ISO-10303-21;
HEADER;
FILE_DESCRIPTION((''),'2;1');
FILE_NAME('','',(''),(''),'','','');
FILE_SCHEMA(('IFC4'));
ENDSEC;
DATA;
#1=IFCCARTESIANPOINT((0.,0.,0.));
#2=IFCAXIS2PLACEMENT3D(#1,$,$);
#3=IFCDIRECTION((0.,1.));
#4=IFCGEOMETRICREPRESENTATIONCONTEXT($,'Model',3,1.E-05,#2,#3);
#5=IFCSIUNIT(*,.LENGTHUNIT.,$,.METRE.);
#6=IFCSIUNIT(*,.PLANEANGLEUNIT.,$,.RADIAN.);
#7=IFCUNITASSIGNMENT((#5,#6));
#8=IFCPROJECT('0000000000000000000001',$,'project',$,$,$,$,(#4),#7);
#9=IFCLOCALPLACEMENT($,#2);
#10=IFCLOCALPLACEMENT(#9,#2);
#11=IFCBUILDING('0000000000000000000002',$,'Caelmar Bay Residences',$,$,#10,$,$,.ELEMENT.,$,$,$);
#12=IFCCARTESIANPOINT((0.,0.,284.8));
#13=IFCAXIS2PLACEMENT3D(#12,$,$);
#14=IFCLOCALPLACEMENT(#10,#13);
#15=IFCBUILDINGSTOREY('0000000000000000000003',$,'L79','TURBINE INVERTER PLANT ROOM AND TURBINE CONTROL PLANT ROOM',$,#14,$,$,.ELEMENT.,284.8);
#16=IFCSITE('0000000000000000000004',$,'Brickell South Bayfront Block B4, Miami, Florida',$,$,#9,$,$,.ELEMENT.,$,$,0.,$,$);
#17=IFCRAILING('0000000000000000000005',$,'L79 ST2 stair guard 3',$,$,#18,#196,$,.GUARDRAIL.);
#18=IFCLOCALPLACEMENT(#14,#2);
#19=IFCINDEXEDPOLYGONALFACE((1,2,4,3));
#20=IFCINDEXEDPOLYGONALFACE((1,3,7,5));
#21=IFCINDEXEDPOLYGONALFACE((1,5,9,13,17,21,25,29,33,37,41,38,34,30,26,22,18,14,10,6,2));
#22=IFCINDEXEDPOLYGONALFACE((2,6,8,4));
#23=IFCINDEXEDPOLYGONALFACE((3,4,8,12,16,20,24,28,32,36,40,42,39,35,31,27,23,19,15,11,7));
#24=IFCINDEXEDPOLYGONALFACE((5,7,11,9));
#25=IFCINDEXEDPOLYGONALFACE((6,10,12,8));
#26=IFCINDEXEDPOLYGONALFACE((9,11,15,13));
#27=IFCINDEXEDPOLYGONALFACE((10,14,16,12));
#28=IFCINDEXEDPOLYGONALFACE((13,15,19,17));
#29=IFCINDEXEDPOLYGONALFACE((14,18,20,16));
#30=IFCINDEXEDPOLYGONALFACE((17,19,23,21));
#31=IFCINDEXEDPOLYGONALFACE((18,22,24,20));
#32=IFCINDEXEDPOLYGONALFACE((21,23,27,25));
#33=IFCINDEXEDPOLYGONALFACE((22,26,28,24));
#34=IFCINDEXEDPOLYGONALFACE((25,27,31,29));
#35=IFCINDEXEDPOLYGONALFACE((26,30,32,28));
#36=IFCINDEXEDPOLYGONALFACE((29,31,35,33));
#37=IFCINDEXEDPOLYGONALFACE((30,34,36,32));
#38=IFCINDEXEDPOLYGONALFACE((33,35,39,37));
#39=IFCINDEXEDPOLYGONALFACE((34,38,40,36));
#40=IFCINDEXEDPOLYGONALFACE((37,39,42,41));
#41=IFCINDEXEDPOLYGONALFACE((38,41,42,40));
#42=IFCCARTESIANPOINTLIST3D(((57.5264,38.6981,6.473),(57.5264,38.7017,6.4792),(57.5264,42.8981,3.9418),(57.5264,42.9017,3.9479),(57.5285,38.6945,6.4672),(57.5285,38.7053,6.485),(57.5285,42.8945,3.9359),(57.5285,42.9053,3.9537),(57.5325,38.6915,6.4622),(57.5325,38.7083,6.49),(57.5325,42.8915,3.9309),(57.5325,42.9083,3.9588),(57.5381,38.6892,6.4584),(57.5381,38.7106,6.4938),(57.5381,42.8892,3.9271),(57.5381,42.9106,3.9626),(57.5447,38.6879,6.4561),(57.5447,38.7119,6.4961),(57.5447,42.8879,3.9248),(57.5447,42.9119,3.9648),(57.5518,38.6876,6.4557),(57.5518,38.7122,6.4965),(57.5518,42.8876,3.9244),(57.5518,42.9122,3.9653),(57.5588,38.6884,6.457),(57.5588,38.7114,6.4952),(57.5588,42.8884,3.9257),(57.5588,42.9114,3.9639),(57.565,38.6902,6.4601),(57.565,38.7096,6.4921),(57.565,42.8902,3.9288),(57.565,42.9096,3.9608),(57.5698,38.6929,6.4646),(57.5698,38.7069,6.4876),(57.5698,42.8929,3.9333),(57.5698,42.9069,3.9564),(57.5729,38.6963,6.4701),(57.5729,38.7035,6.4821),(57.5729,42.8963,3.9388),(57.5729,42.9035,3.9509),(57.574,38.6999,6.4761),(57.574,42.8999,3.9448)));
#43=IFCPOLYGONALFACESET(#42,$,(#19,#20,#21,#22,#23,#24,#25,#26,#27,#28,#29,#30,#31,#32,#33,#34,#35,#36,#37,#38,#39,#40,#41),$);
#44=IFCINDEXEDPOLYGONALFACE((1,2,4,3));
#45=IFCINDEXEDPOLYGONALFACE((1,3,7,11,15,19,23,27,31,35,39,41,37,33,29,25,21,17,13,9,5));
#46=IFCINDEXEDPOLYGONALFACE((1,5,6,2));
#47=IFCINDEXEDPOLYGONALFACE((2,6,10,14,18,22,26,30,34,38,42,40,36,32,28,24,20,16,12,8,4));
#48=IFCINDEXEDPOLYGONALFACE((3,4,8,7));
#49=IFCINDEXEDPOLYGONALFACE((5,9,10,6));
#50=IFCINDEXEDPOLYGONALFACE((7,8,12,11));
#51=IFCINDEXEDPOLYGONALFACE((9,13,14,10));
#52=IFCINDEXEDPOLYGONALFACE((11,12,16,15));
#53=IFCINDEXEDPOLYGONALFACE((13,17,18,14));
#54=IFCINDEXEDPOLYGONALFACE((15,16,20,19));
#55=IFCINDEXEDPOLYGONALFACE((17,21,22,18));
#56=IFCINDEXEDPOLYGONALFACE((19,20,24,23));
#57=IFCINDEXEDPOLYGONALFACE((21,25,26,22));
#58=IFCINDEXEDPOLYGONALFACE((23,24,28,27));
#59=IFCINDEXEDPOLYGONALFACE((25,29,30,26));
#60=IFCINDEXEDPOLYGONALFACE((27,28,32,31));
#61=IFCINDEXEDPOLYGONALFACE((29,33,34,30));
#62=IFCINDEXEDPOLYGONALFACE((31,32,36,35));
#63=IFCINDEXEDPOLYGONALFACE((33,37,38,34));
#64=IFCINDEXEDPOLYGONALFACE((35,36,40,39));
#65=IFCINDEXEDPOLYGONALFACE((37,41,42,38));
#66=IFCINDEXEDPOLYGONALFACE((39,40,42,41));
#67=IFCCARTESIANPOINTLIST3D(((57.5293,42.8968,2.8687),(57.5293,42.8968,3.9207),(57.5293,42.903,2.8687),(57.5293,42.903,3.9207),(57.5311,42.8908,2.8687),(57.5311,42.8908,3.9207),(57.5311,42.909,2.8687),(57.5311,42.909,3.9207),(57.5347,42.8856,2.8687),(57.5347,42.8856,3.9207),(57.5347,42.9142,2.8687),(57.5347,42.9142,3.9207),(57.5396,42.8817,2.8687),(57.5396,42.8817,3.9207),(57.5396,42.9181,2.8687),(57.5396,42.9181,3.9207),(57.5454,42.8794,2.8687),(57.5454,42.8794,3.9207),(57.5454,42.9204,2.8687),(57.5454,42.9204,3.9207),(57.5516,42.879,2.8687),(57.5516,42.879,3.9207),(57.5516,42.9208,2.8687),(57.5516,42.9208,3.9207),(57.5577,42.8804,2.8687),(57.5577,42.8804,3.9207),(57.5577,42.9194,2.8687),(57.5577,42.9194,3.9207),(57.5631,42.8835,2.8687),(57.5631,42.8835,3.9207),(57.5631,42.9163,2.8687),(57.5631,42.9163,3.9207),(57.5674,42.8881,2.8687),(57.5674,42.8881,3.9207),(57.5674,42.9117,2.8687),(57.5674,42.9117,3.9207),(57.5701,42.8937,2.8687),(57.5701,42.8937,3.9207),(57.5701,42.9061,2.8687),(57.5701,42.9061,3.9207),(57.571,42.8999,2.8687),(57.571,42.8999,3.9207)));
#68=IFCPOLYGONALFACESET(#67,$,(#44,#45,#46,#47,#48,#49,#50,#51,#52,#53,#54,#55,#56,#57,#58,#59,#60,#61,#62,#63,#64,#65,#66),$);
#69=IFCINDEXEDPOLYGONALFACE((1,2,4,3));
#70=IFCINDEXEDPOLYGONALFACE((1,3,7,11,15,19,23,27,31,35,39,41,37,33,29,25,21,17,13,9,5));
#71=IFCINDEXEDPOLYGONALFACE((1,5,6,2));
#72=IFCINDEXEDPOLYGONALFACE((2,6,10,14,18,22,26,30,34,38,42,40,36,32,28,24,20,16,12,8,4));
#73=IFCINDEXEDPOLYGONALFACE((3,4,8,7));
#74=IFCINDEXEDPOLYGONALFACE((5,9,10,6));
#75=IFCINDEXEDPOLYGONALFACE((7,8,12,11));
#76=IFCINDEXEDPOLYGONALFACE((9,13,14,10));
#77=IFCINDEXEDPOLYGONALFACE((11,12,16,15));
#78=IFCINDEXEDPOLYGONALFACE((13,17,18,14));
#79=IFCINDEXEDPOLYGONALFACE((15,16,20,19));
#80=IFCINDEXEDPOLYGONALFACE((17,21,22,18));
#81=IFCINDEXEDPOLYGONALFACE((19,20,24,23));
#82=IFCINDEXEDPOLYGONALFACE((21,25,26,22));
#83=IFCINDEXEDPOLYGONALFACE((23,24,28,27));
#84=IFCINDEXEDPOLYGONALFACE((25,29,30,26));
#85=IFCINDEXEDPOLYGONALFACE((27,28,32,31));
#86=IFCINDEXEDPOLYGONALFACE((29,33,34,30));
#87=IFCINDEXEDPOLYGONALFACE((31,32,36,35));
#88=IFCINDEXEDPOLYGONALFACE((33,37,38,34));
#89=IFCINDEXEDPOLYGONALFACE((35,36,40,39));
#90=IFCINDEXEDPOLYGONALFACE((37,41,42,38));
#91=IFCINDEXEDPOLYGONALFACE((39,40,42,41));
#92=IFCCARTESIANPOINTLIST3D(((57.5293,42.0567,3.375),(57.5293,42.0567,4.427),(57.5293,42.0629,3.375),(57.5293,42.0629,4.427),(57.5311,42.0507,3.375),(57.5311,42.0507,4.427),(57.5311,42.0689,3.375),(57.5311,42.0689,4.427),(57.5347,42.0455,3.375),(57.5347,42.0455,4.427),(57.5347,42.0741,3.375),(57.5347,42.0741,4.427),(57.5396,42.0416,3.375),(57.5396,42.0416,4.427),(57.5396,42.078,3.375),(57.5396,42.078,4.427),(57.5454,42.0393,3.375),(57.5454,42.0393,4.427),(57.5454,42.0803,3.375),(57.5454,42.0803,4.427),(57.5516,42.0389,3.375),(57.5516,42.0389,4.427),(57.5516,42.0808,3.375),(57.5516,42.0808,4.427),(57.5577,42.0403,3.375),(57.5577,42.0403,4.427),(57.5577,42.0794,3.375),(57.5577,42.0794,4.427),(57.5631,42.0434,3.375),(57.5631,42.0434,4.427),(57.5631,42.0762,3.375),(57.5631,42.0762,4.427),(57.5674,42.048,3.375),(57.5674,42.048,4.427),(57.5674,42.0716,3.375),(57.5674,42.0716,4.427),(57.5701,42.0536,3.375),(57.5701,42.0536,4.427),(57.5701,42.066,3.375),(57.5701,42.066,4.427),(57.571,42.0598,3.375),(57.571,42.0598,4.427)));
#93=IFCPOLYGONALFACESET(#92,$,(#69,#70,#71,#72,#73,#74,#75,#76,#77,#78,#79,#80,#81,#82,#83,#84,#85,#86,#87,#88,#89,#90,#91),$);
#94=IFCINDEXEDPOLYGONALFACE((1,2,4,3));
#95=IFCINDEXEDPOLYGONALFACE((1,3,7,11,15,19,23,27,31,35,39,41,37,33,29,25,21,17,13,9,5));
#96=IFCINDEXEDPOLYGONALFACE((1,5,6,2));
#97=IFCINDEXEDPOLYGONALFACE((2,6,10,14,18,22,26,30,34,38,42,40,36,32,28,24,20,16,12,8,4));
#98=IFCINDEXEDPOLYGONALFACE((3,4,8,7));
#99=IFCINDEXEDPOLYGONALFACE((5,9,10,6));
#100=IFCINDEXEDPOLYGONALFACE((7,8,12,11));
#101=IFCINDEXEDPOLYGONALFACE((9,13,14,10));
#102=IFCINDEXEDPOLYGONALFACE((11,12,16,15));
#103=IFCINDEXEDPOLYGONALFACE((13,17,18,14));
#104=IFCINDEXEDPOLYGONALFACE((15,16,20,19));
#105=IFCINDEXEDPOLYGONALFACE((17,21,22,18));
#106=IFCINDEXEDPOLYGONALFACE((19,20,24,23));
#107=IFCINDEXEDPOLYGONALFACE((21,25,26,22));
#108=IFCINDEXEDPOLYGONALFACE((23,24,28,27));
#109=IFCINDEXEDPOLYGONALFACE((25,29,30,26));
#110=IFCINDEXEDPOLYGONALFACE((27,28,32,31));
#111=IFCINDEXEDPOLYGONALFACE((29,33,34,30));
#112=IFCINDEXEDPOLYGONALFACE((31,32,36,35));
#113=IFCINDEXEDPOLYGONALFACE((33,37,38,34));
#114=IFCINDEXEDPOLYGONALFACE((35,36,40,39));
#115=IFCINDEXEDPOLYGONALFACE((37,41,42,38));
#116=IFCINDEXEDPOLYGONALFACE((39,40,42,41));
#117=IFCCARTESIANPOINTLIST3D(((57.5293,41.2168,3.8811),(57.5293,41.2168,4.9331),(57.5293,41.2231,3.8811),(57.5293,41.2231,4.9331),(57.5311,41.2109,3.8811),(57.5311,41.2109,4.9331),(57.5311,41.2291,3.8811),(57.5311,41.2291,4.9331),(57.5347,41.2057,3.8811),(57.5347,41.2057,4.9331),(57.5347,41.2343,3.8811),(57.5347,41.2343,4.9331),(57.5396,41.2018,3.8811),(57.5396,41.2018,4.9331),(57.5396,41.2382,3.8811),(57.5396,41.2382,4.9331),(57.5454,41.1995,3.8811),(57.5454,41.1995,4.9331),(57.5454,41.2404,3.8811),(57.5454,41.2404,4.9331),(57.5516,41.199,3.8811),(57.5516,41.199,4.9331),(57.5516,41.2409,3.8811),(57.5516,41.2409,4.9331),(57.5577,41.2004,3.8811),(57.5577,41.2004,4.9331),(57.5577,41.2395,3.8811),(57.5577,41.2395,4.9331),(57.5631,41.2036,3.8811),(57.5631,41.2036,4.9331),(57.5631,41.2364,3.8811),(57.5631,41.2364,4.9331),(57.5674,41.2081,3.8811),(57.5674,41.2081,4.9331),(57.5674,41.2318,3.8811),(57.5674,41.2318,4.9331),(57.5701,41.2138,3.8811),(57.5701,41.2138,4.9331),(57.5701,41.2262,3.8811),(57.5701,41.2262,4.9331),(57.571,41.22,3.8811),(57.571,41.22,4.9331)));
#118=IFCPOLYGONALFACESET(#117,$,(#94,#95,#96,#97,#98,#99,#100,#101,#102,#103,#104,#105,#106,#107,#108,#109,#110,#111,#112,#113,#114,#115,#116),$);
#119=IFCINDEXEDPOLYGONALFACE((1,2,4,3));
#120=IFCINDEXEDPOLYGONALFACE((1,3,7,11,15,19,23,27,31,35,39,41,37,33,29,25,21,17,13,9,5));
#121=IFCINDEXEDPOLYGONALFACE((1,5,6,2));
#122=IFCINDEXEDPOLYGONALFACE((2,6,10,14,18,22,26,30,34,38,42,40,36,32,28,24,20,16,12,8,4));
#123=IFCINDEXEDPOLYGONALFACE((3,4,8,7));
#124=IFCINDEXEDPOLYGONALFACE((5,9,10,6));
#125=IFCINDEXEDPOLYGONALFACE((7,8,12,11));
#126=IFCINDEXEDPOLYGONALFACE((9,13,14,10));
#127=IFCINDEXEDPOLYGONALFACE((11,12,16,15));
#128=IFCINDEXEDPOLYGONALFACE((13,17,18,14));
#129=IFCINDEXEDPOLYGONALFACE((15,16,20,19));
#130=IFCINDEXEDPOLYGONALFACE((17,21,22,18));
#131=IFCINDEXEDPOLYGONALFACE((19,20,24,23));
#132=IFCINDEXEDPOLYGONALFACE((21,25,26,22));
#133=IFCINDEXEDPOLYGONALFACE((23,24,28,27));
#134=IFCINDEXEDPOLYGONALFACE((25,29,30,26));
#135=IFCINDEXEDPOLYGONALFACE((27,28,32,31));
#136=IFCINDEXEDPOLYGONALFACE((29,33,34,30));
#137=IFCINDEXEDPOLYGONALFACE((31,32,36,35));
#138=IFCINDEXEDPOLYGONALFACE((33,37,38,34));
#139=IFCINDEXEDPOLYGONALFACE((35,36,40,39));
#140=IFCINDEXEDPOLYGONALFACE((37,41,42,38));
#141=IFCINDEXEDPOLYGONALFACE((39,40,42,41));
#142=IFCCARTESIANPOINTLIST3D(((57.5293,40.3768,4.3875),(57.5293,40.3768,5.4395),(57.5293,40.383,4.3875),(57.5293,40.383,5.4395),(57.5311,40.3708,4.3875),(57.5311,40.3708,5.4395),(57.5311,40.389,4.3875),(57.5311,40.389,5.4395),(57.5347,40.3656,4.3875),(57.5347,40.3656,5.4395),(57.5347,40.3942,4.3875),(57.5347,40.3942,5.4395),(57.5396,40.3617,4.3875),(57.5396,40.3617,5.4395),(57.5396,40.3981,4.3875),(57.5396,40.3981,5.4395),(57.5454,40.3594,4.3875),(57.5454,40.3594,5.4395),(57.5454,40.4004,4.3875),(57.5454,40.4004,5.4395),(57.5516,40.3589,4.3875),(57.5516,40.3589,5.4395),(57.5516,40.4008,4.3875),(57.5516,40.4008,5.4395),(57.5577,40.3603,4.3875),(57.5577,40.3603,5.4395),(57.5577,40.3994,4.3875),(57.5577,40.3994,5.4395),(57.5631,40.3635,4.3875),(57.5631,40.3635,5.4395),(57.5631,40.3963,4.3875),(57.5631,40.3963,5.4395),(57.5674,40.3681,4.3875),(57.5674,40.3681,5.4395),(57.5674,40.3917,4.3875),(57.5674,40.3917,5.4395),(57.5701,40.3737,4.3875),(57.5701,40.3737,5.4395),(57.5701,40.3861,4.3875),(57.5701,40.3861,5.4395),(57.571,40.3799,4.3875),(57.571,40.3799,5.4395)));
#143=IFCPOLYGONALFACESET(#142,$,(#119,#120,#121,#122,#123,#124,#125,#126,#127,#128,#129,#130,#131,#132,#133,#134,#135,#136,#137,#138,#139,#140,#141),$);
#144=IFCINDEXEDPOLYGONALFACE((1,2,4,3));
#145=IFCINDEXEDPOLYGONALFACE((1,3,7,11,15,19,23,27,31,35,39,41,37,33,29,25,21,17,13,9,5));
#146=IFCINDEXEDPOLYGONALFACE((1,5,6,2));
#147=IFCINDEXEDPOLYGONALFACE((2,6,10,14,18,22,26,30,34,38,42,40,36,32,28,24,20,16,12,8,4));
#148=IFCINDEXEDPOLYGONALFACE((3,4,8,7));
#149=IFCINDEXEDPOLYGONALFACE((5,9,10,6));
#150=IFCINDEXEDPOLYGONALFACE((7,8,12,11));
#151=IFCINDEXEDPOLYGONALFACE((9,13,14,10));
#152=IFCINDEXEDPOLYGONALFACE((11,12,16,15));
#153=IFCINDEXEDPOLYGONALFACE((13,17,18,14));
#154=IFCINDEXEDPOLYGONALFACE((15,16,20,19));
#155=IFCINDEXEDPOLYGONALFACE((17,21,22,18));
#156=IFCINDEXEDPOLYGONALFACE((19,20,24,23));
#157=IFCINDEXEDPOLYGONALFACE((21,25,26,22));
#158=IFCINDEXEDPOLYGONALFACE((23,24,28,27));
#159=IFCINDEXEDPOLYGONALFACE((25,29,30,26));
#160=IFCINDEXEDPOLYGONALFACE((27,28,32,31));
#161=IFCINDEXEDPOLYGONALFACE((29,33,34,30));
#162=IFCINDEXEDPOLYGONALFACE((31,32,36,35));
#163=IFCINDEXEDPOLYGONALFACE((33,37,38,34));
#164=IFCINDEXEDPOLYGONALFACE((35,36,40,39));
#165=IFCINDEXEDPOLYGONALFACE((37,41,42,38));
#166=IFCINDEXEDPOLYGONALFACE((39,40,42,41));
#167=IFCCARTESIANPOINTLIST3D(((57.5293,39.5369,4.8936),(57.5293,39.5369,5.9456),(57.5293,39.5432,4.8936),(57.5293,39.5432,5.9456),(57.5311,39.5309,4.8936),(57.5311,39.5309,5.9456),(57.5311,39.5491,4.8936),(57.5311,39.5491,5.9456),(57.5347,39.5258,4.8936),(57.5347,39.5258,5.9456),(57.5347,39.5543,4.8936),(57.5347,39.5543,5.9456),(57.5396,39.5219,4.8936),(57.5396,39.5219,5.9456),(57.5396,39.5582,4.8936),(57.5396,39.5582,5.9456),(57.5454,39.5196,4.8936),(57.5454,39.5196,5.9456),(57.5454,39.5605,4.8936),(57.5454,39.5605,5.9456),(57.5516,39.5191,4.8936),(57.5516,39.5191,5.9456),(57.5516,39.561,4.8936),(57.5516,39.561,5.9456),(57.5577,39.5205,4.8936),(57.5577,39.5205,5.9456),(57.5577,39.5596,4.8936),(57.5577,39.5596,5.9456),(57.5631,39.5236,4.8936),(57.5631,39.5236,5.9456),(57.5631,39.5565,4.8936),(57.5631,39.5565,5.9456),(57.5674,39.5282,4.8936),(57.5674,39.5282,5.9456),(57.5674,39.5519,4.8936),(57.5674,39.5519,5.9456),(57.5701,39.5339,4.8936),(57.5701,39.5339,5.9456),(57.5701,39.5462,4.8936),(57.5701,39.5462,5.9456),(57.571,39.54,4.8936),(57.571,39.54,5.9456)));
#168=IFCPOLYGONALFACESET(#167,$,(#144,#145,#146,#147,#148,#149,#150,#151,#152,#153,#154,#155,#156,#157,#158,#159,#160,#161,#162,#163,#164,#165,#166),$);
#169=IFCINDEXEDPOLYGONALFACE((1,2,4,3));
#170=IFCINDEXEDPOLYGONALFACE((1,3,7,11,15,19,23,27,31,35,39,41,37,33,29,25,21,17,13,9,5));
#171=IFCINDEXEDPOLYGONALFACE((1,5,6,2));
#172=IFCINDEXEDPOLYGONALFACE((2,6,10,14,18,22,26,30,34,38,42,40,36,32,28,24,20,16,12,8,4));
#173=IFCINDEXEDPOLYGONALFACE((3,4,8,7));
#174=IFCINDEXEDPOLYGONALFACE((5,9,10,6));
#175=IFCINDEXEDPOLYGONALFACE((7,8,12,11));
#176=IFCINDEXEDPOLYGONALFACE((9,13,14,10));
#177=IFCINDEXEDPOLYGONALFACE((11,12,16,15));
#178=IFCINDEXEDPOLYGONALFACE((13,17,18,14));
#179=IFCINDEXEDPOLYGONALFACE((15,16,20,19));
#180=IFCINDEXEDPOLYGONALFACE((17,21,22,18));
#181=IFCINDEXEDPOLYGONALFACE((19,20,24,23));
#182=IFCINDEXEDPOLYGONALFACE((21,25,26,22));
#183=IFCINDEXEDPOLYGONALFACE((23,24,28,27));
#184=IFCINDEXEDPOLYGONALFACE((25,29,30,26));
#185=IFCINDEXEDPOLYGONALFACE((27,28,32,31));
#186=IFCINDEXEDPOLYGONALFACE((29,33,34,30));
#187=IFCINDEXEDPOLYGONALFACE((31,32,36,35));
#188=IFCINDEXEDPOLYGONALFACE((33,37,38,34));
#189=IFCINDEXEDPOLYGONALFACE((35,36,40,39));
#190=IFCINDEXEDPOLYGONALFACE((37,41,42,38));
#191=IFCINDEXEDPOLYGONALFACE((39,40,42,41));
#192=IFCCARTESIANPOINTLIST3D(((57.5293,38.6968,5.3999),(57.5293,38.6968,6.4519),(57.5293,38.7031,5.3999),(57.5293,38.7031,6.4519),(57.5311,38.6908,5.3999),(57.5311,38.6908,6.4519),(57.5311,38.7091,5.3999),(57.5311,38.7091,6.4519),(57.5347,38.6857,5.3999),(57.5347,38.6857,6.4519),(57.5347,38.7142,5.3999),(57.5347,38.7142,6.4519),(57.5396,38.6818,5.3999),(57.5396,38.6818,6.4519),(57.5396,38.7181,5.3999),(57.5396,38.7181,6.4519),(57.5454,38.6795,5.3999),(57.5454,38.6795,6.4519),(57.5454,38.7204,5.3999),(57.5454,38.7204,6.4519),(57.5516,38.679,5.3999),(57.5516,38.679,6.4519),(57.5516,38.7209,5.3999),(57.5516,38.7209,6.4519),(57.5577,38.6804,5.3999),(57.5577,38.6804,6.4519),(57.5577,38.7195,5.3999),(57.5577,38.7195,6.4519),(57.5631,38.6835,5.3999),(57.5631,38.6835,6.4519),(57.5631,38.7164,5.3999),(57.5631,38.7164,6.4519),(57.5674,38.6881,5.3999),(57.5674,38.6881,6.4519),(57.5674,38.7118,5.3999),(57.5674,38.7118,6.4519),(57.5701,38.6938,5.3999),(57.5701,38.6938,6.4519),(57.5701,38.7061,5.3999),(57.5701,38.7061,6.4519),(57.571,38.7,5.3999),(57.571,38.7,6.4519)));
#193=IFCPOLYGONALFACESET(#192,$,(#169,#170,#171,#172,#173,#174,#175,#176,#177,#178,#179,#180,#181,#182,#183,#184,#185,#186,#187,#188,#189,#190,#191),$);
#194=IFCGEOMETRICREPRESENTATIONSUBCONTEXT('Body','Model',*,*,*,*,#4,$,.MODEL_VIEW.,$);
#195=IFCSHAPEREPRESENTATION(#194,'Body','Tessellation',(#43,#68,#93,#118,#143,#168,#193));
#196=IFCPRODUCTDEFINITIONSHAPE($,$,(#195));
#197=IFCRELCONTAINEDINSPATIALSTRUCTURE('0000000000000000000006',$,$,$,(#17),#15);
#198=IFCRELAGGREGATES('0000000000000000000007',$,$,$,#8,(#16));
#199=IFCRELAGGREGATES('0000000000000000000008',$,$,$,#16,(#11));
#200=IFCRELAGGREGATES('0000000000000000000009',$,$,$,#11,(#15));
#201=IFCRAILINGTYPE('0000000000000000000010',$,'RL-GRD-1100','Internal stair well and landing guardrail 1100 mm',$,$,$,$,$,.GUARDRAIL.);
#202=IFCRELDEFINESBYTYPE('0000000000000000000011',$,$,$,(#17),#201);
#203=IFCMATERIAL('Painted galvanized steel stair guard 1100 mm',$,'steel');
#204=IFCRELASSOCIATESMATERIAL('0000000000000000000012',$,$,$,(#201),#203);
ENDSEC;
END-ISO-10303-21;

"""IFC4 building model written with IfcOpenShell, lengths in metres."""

from ifc_helpers import new_model, si_unit, direction, frame, origin, origin_2d, place, context, subcontext, project, spatial, circle, extrude, material, type_object, element, save


model = new_model("IFC4")

# Units and contexts
model_context = context("Model", 3, precision=1e-05, world=origin(), true_north=direction((0.0, 1.0)))
body_context = subcontext(model_context, "Body", "Model", "MODEL_VIEW")
ifc_project = project(units=[si_unit("LENGTHUNIT", "METRE"), si_unit("PLANEANGLEUNIT", "RADIAN")], contexts=[model_context])

# Site, building, storey
site_placement = place(None, origin())
site = spatial("IfcSite", under=ifc_project, at=site_placement, Name="Brickell South Bayfront Block B4, Miami, Florida", CompositionType="ELEMENT", RefElevation=0.0)
building_placement = place(site_placement, origin())
building = spatial("IfcBuilding", under=site, at=building_placement, Name="Caelmar Bay Residences", CompositionType="ELEMENT")
storey_placement = place(building_placement, frame((0.0, 0.0, 284.8)))
storey = spatial("IfcBuildingStorey", under=building, at=storey_placement, Name="L79", Description="TURBINE INVERTER PLANT ROOM AND TURBINE CONTROL PLANT ROOM", CompositionType="ELEMENT", Elevation=284.8)

# Railing
ifc_material_1 = material(Name="Painted galvanized steel stair guard 1100 mm", Category="steel")
railing_type_1 = type_object("IfcRailingType", Name="RL-GRD-1100", Description="Internal stair well and landing guardrail 1100 mm", PredefinedType="GUARDRAIL", material=ifc_material_1)
railing_1_placement = place(storey_placement, frame((57.55, 42.8999, 2.8687)))
element("IfcRailing", 1, at=railing_1_placement, inside=storey, type_object=railing_type_1, Name="L79 ST2 stair guard 3", PredefinedType="GUARDRAIL", context=body_context, shape_type="SweptSolid", body=[
    extrude(circle(Radius=0.0239, at=origin_2d()), frame((0.0, 0.0, 1.0762), z_axis=(0.0, -0.856476, 0.516186), x_axis=(1.0, 0.0, 0.0)), (0.0, 0.0, 1.0), 4.9038),
    extrude(circle(Radius=0.021, at=origin_2d()), origin(), (0.0, 0.0, 1.0), 1.052),
    extrude(circle(Radius=0.021, at=origin_2d()), frame((0.0, -0.8401, 0.5063)), (0.0, 0.0, 1.0), 1.052),
    extrude(circle(Radius=0.021, at=origin_2d()), frame((0.0, -1.6799, 1.0125)), (0.0, 0.0, 1.0), 1.052),
    extrude(circle(Radius=0.021, at=origin_2d()), frame((0.0, -2.52, 1.5188)), (0.0, 0.0, 1.0), 1.052),
    extrude(circle(Radius=0.021, at=origin_2d()), frame((0.0, -3.3599, 2.0249)), (0.0, 0.0, 1.0), 1.052),
    extrude(circle(Radius=0.021, at=origin_2d()), frame((0.0, -4.2, 2.5312)), (0.0, 0.0, 1.0), 1.052),
])

save(model, "model.ifc")
